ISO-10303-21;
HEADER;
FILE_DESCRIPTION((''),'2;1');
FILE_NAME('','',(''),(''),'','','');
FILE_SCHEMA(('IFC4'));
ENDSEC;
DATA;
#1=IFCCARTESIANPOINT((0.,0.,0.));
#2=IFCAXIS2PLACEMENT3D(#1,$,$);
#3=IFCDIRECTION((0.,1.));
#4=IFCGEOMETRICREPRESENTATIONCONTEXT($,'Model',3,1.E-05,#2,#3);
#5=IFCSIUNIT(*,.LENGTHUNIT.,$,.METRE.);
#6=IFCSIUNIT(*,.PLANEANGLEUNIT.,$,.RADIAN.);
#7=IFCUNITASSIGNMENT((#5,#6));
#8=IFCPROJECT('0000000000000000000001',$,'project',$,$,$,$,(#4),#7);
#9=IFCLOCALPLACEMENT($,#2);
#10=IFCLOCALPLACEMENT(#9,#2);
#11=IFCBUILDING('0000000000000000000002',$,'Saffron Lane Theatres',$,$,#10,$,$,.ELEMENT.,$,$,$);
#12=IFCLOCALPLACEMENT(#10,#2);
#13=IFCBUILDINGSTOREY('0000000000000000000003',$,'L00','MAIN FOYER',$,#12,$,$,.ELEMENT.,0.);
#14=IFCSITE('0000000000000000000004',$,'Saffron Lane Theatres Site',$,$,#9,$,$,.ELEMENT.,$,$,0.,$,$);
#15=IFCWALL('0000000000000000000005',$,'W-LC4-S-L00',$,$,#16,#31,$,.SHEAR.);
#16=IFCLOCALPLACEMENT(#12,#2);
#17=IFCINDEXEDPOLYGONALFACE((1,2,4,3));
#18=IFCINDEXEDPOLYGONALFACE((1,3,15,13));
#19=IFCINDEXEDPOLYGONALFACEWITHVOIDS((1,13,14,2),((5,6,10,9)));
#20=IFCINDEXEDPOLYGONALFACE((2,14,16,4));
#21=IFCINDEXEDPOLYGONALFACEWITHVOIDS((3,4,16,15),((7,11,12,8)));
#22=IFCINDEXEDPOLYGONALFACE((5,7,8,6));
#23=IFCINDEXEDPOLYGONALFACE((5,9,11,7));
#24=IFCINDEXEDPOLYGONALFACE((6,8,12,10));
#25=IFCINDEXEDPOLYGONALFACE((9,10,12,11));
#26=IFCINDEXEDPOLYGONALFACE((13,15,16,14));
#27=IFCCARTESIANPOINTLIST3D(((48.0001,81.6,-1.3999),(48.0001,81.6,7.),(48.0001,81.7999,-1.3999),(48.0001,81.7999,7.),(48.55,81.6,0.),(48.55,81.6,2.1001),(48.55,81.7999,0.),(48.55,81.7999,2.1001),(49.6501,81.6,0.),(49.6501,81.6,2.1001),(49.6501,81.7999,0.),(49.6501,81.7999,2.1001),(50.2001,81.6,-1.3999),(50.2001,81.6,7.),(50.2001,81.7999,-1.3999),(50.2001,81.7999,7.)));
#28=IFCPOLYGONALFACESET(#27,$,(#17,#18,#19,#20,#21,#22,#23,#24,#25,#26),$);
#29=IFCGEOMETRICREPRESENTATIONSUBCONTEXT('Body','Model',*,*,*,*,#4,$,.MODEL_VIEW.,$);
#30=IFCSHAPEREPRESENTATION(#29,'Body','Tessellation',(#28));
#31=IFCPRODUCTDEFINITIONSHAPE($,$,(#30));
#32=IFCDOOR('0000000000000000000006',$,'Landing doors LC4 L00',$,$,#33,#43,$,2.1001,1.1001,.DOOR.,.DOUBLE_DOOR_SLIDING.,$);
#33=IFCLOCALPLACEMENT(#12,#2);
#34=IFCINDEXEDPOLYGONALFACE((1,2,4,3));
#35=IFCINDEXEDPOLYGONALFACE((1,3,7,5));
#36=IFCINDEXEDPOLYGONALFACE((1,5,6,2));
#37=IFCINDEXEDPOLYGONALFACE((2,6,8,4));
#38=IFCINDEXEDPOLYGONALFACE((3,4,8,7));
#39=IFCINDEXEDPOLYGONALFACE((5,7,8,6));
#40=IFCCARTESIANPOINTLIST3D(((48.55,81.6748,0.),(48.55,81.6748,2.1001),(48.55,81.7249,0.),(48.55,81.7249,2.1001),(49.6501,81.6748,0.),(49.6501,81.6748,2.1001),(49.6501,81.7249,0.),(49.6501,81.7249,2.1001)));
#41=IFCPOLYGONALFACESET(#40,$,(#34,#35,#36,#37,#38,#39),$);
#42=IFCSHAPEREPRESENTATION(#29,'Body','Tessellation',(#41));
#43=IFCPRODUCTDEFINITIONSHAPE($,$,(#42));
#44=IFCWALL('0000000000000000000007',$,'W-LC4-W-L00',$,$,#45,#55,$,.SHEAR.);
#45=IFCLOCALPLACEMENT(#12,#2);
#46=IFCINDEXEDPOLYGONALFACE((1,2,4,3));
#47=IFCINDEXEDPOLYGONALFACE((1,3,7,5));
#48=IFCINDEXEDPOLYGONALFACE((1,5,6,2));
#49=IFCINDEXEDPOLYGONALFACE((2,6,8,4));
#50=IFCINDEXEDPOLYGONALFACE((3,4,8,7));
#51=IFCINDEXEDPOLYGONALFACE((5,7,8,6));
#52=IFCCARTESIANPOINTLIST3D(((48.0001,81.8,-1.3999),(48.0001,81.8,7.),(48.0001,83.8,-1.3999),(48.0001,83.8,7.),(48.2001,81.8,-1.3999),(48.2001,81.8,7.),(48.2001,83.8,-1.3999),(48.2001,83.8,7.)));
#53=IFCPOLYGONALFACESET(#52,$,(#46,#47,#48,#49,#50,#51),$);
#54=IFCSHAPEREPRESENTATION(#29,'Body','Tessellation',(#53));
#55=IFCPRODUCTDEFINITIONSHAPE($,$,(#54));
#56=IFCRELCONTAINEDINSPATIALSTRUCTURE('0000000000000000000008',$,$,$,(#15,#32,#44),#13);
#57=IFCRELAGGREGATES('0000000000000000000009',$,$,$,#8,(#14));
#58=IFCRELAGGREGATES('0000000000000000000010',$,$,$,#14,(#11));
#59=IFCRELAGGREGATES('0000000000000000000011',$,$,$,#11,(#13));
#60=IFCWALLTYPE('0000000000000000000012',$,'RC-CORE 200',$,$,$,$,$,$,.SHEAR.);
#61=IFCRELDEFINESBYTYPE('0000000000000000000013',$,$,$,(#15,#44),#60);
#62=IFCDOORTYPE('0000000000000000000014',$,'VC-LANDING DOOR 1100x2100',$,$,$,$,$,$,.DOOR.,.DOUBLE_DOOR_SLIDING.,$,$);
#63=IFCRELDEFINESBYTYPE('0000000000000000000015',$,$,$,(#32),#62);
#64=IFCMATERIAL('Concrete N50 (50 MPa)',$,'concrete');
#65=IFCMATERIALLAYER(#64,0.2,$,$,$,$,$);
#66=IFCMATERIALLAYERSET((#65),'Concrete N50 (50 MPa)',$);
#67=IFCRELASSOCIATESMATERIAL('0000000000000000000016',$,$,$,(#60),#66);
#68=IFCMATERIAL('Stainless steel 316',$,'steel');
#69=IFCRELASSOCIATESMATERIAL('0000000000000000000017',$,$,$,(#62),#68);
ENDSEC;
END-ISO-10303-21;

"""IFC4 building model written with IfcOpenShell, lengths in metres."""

from ifc_helpers import new_model, si_unit, direction, frame, frame_2d, origin, place, context, subcontext, project, spatial, rectangle, extrude, material, layer, layer_set, type_object, element, fill, save


model = new_model("IFC4")

# Units and contexts
model_context = context("Model", 3, precision=1e-05, world=origin(), true_north=direction((0.0, 1.0)))
body_context = subcontext(model_context, "Body", "Model", "MODEL_VIEW")
ifc_project = project(units=[si_unit("LENGTHUNIT", "METRE"), si_unit("PLANEANGLEUNIT", "RADIAN")], contexts=[model_context])

# Site, building, storey
site_placement = place(None, origin())
site = spatial("IfcSite", under=ifc_project, at=site_placement, Name="Saffron Lane Theatres Site", CompositionType="ELEMENT", RefElevation=0.0)
building_placement = place(site_placement, origin())
building = spatial("IfcBuilding", under=site, at=building_placement, Name="Saffron Lane Theatres", CompositionType="ELEMENT")
storey_placement = place(building_placement, origin())
storey = spatial("IfcBuildingStorey", under=building, at=storey_placement, Name="L00", Description="MAIN FOYER", CompositionType="ELEMENT", Elevation=0.0)

# Wall, opening, door
ifc_material_1 = material(Name="Concrete N50 (50 MPa)", Category="concrete")
ifc_layer_1 = layer(ifc_material_1, 0.2)
ifc_layer_set_1 = layer_set([ifc_layer_1], Name="Concrete N50 (50 MPa)")
wall_type_1 = type_object("IfcWallType", Name="RC-CORE 200", PredefinedType="SHEAR", material=ifc_layer_set_1)
wall_1_placement = place(storey_placement, frame((48.0, 81.7, -1.3999), z_axis=(0.0, 0.0, 1.0), x_axis=(1.0, 0.0, 0.0)))
wall_1 = element("IfcWall", 1, at=wall_1_placement, inside=storey, type_object=wall_type_1, Name="W-LC4-S-L00", PredefinedType="SHEAR", context=body_context, shape_type="SweptSolid", body=[
    extrude(rectangle(XDim=2.2, YDim=0.2, at=frame_2d((1.1001, 0.0))), origin(), (0.0, 0.0, 1.0), 8.3999),
])
opening_1_placement = place(wall_1_placement, frame((0.55, 0.0, 1.3999)))
opening_1 = element("IfcOpeningElement", 2, at=opening_1_placement, cuts=wall_1, PredefinedType="OPENING", context=body_context, shape_type="SweptSolid", body=[
    extrude(rectangle(XDim=1.1001, YDim=2.1001, at=frame_2d((0.55, 1.05))), frame((0.0, 0.1099, 0.0), z_axis=(0.0, -1.0, 0.0), x_axis=(1.0, 0.0, 0.0)), (0.0, 0.0, 1.0), 0.22),
])
ifc_material_2 = material(Name="Stainless steel 316", Category="steel")
door_type_1 = type_object("IfcDoorType", Name="VC-LANDING DOOR 1100x2100", OperationType="DOUBLE_DOOR_SLIDING", PredefinedType="DOOR", material=ifc_material_2)
door_1_placement = place(opening_1_placement, origin())
door_1 = element("IfcDoor", 3, at=door_1_placement, inside=storey, type_object=door_type_1, Name="Landing doors LC4 L00", OperationType="DOUBLE_DOOR_SLIDING", OverallHeight=2.1001, OverallWidth=1.1001, PredefinedType="DOOR", context=body_context, shape_type="SweptSolid", body=[
    extrude(rectangle(XDim=1.1001, YDim=2.1001, at=frame_2d((0.55, 1.05))), frame((0.0, 0.0249, 0.0), z_axis=(0.0, -1.0, 0.0), x_axis=(1.0, 0.0, 0.0)), (0.0, 0.0, 1.0), 0.05),
])
fill(opening_1, door_1)

# Wall
wall_2_placement = place(storey_placement, frame((48.1001, 81.8, -1.3999), z_axis=(0.0, 0.0, 1.0), x_axis=(0.0, 1.0, 0.0)))
element("IfcWall", 4, at=wall_2_placement, inside=storey, type_object=wall_type_1, Name="W-LC4-W-L00", PredefinedType="SHEAR", context=body_context, shape_type="SweptSolid", body=[
    extrude(rectangle(XDim=2.0, YDim=0.2, at=frame_2d((1.0, 0.0))), origin(), (0.0, 0.0, 1.0), 8.3999),
])

save(model, "model.ifc")
